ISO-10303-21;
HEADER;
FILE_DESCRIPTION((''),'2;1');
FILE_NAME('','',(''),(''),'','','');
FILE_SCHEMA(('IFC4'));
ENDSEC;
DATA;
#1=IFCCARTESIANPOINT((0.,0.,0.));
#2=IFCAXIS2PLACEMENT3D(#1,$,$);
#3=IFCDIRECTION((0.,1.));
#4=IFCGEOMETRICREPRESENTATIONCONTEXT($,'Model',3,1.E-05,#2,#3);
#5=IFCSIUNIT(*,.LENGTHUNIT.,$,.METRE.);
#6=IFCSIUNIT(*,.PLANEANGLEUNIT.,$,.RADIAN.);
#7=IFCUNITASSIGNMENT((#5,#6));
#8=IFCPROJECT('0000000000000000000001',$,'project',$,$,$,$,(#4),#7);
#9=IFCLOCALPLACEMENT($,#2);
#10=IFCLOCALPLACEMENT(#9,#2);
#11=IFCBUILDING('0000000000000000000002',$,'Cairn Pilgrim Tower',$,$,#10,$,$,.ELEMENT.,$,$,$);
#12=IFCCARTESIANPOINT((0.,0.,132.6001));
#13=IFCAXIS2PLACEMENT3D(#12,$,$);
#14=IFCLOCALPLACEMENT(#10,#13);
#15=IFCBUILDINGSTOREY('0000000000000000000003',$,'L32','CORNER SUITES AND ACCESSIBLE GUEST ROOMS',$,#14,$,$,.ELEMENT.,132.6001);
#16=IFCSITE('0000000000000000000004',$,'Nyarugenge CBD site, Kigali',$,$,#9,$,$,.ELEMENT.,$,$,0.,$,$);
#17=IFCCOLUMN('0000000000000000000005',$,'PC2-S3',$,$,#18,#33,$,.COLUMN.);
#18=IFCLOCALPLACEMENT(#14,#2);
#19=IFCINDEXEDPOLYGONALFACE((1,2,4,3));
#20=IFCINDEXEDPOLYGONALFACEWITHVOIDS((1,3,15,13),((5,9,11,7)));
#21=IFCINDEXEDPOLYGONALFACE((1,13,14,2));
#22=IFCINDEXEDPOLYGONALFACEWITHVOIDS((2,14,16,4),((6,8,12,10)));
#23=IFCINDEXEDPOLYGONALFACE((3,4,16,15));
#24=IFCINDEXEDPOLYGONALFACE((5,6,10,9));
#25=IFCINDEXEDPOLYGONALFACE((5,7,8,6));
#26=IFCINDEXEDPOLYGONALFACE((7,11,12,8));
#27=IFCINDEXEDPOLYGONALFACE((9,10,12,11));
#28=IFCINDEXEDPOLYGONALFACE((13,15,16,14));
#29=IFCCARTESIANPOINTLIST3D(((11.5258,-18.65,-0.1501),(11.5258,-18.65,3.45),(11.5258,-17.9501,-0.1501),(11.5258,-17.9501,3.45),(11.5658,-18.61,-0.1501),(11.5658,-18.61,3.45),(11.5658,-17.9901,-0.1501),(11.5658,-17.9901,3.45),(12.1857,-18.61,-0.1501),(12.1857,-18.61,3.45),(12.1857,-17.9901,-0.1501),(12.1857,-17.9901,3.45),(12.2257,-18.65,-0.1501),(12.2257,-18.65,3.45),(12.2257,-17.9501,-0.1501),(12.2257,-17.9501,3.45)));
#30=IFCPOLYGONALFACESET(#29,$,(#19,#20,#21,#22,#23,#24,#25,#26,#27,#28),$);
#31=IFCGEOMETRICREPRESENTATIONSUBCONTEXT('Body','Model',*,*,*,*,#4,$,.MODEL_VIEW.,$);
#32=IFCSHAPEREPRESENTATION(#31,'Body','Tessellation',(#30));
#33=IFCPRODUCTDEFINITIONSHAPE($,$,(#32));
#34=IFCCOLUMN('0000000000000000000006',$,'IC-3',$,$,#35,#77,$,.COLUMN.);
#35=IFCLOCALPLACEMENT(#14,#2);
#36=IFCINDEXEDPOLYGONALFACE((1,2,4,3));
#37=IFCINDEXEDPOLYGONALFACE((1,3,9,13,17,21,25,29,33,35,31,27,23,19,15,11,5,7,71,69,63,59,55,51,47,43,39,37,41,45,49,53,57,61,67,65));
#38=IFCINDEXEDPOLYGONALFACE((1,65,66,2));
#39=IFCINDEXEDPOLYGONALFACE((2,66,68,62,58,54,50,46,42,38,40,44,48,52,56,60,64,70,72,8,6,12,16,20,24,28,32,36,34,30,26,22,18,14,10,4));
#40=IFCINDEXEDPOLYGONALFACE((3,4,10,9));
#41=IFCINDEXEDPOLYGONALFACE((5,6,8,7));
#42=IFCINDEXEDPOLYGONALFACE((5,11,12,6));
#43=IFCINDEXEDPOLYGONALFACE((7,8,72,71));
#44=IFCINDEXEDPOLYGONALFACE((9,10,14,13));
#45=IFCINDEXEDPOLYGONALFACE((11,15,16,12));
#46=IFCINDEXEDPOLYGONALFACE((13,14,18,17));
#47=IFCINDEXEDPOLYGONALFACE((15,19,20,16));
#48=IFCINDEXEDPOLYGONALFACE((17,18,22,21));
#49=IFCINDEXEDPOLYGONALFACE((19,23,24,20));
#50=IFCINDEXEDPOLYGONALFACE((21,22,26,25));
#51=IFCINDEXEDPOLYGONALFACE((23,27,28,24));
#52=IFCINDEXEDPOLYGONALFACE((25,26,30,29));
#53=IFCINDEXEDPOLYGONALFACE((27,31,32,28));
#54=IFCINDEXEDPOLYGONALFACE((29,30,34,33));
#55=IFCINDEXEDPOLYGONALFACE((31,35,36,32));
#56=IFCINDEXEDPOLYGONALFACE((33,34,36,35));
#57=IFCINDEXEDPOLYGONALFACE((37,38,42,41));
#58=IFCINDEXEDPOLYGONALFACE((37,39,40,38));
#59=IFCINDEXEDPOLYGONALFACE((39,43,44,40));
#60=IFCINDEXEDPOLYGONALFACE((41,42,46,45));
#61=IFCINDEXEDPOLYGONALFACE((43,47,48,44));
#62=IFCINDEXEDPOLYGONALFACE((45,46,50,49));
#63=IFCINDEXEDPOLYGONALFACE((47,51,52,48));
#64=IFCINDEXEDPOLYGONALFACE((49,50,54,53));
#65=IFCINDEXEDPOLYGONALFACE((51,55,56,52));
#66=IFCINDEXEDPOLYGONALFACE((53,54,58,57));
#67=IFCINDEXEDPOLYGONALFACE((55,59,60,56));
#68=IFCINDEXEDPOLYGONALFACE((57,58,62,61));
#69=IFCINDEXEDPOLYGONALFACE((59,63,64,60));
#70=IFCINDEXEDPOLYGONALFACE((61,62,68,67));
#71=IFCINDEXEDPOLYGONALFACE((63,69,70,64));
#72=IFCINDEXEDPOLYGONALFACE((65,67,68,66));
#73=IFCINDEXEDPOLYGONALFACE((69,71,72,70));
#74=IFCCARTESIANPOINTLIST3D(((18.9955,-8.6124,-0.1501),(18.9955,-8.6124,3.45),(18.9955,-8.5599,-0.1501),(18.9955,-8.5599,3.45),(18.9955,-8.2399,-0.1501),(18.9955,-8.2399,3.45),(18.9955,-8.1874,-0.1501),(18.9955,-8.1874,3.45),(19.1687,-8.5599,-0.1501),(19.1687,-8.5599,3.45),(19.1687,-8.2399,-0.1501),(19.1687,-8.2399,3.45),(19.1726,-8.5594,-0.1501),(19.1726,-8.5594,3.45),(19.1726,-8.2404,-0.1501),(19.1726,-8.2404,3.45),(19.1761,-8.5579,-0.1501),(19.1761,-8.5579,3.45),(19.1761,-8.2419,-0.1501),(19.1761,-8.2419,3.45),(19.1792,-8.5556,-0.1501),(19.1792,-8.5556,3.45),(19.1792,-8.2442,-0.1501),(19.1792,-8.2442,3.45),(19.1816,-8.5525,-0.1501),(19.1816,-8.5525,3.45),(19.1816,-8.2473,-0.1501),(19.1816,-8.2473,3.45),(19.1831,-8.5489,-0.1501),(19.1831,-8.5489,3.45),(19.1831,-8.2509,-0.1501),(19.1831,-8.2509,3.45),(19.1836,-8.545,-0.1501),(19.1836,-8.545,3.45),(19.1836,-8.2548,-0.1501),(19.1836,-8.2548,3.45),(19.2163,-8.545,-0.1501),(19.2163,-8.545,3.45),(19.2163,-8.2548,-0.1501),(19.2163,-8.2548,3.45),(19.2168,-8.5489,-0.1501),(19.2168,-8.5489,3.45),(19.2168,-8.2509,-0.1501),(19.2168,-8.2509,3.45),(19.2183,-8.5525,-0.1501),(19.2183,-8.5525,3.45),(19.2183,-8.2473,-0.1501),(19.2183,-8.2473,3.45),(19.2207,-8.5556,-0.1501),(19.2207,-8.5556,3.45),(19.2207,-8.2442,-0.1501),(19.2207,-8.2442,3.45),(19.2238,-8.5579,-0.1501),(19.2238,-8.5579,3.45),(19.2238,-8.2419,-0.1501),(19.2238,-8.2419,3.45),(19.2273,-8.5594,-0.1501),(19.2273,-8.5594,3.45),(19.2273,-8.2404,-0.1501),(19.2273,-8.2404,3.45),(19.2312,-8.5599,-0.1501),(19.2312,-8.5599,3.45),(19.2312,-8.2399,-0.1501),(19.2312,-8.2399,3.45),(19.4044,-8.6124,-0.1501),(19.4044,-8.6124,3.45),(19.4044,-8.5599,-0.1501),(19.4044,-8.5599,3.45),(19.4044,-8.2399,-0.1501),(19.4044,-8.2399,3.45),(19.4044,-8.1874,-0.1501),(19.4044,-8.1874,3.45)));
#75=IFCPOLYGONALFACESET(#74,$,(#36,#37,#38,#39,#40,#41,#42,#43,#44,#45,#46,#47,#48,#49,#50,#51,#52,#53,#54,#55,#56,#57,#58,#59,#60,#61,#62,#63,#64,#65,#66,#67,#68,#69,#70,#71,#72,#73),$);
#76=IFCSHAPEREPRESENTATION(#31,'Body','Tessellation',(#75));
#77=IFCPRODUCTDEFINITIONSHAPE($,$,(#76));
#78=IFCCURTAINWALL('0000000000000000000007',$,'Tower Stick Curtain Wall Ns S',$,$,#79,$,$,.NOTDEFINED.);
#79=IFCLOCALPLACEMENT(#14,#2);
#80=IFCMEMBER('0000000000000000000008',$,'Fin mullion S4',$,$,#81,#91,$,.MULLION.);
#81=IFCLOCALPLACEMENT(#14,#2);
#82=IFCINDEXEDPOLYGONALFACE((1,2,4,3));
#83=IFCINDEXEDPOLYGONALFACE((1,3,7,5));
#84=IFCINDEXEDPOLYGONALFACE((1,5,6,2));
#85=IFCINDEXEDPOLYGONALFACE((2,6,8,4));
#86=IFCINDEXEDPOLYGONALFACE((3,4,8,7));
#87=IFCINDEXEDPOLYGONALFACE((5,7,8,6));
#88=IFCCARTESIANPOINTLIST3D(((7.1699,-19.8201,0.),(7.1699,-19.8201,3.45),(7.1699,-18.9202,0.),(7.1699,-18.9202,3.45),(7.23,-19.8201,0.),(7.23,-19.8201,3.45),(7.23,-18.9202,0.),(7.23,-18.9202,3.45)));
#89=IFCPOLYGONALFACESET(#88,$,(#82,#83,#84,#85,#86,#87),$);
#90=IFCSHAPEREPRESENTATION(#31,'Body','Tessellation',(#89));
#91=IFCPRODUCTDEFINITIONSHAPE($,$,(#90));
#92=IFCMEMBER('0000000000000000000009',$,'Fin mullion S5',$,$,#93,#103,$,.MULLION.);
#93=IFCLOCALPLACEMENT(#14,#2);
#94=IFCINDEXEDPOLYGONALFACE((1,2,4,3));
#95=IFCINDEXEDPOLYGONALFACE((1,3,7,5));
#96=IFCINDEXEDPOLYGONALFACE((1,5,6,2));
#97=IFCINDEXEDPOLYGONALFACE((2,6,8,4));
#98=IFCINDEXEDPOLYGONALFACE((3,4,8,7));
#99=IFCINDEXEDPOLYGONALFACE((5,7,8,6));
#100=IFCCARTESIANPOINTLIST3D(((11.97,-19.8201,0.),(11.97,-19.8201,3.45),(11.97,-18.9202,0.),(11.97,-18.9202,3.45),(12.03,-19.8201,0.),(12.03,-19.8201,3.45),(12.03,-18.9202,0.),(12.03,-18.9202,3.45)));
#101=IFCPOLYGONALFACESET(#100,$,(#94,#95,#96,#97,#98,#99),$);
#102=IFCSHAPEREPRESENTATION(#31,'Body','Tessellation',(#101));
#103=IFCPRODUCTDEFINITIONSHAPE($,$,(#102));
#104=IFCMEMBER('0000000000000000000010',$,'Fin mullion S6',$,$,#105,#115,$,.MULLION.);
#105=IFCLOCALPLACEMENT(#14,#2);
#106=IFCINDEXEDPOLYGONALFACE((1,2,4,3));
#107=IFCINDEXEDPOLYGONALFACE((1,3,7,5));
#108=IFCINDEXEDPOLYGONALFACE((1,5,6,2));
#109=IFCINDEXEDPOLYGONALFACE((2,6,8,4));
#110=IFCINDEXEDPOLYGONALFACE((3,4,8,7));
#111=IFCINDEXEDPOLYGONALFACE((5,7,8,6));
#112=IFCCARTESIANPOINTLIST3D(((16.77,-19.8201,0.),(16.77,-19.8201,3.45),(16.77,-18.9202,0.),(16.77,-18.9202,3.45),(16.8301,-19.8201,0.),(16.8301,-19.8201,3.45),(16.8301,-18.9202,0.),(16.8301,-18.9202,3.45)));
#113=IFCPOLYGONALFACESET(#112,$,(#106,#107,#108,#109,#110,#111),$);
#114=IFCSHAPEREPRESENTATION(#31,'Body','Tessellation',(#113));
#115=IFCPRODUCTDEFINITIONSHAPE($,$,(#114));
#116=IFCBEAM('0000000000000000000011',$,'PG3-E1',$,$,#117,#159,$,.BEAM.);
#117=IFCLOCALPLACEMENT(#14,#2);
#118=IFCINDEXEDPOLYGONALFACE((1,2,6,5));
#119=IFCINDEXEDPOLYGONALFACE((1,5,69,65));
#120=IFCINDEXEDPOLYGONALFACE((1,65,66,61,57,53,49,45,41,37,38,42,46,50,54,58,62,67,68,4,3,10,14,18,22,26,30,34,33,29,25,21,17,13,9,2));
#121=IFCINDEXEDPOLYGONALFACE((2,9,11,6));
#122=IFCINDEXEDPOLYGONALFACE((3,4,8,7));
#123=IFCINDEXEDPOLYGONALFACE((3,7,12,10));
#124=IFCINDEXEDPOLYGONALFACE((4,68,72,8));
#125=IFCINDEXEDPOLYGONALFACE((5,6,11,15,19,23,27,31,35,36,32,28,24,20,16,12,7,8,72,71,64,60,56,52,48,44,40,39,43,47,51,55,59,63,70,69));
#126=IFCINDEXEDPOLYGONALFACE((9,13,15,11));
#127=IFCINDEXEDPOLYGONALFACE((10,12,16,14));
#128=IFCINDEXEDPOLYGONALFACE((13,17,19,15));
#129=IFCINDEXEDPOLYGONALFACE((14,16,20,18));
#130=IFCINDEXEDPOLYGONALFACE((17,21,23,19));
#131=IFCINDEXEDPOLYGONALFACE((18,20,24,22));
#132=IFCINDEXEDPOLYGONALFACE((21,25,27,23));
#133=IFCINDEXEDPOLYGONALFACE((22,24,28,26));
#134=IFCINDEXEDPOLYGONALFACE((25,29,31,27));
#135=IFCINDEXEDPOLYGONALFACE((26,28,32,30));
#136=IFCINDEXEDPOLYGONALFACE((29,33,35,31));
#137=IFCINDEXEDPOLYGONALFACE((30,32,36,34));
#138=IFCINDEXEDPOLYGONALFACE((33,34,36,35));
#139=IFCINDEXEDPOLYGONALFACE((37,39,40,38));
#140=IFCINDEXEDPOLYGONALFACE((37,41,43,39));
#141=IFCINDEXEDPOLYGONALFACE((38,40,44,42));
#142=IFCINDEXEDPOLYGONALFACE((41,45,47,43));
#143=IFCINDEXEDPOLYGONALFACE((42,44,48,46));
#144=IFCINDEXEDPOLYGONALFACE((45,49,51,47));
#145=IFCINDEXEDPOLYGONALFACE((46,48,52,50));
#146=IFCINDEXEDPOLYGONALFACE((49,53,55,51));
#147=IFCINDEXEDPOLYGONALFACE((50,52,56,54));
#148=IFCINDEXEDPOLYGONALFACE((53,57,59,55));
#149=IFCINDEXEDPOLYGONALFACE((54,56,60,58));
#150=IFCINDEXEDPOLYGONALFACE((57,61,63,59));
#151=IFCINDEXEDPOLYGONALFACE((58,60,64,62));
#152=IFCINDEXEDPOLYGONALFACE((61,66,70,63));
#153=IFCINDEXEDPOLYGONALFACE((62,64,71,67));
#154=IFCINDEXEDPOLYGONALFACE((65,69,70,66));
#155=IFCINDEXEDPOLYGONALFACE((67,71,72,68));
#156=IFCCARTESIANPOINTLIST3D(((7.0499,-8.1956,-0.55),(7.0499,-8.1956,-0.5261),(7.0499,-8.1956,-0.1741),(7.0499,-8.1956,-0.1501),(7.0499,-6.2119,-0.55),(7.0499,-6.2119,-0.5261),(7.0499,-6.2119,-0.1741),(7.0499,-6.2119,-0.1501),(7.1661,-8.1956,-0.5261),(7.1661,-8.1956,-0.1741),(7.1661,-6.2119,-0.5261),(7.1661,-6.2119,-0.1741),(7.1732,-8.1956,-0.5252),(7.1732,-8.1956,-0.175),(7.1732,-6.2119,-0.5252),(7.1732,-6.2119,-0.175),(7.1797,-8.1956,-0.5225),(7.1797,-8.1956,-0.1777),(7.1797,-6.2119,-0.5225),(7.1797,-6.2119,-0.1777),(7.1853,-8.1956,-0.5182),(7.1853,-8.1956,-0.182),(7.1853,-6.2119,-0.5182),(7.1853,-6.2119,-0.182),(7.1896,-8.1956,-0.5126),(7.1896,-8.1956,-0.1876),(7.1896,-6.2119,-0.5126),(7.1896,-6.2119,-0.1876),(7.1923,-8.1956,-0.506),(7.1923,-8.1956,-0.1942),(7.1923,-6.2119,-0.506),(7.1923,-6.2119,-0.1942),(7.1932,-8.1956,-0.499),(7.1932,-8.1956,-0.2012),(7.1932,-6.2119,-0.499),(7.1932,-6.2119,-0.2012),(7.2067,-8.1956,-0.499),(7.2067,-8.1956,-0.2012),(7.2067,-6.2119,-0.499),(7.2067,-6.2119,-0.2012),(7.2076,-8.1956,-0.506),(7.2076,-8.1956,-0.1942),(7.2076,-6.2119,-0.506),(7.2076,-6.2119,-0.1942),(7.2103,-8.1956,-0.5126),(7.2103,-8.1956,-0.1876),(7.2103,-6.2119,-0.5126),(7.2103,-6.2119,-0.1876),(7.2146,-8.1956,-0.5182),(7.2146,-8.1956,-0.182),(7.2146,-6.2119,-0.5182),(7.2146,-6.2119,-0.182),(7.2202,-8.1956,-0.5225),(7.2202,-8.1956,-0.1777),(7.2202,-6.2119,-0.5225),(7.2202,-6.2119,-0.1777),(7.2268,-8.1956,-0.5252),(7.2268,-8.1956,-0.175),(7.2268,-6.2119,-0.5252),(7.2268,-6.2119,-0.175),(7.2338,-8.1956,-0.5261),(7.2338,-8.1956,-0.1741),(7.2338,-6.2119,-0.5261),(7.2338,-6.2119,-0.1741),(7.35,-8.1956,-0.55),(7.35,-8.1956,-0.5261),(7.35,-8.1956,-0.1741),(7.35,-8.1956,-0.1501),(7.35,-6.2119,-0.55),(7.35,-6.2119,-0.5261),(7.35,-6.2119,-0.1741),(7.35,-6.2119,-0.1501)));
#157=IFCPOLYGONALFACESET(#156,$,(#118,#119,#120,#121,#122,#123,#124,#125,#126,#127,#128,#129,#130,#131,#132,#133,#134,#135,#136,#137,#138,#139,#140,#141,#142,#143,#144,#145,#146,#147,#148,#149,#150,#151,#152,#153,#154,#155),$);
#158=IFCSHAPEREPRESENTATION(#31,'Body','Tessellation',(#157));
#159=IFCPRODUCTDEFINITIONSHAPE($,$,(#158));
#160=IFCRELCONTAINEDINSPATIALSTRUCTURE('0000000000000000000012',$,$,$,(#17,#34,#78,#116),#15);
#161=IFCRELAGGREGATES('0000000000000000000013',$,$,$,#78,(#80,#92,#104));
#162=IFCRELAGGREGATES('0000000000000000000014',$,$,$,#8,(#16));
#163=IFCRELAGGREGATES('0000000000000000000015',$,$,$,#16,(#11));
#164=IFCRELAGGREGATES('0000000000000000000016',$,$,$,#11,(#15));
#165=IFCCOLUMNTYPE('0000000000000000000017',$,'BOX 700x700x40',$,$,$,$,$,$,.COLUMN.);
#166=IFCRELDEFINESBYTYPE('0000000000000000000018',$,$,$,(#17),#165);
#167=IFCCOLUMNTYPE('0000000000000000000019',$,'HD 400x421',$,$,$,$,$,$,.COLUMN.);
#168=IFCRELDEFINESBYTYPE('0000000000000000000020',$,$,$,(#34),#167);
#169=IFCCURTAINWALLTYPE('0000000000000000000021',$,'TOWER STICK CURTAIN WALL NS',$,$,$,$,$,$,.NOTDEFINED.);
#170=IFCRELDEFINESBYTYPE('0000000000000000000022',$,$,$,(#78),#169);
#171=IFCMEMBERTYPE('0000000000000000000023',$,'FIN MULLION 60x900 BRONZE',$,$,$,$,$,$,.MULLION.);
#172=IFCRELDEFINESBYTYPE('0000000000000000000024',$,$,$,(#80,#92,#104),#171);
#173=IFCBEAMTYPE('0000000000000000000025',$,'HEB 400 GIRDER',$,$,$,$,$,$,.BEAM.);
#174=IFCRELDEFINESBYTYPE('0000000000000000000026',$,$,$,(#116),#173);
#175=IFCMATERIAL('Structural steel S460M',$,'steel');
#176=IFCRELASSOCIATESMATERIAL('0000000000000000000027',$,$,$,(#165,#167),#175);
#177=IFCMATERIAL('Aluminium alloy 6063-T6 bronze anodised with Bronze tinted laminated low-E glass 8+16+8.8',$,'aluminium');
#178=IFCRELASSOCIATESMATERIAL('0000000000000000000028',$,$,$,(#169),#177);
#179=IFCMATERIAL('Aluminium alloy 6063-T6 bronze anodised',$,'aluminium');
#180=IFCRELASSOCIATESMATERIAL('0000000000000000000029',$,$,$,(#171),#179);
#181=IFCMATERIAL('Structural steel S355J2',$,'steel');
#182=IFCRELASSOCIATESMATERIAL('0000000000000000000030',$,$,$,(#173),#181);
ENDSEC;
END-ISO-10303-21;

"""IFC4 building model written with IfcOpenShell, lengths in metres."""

from ifc_helpers import new_model, si_unit, direction, frame, origin, origin_2d, place, context, subcontext, project, spatial, rectangle, hollow_rectangle, i_section, extrude, material, material_profile, profile_set, type_object, element, aggregate, save


model = new_model("IFC4")

# Units and contexts
model_context = context("Model", 3, precision=1e-05, world=origin(), true_north=direction((0.0, 1.0)))
body_context = subcontext(model_context, "Body", "Model", "MODEL_VIEW")
ifc_project = project(units=[si_unit("LENGTHUNIT", "METRE"), si_unit("PLANEANGLEUNIT", "RADIAN")], contexts=[model_context])

# Site, building, storey
site_placement = place(None, origin())
site = spatial("IfcSite", under=ifc_project, at=site_placement, Name="Nyarugenge CBD site, Kigali", CompositionType="ELEMENT", RefElevation=0.0)
building_placement = place(site_placement, origin())
building = spatial("IfcBuilding", under=site, at=building_placement, Name="Cairn Pilgrim Tower", CompositionType="ELEMENT")
storey_placement = place(building_placement, frame((0.0, 0.0, 132.6001)))
storey = spatial("IfcBuildingStorey", under=building, at=storey_placement, Name="L32", Description="CORNER SUITES AND ACCESSIBLE GUEST ROOMS", CompositionType="ELEMENT", Elevation=132.6001)

# Columns
ifc_material_1 = material(Name="Structural steel S460M", Category="steel")
ifc_material_profile_1 = material_profile(ifc_material_1, hollow_rectangle(XDim=0.7, YDim=0.7, WallThickness=0.04, at=origin_2d()), Name="BOX 700x700x40")
ifc_profile_set_1 = profile_set([ifc_material_profile_1], Name="Structural steel S460M")
column_type_1 = type_object("IfcColumnType", Name="BOX 700x700x40", PredefinedType="COLUMN", material=ifc_profile_set_1)
column_1_placement = place(storey_placement, frame((11.8757, -18.3, -0.1501), z_axis=(0.0, 0.0, 1.0), x_axis=(1.0, 0.0, 0.0)))
element("IfcColumn", 1, at=column_1_placement, inside=storey, type_object=column_type_1, Name="PC2-S3", PredefinedType="COLUMN", context=body_context, shape_type="SweptSolid", body=[
    extrude(hollow_rectangle(XDim=0.7, YDim=0.7, WallThickness=0.04, at=origin_2d()), origin(), (0.0, 0.0, 1.0), 3.6001),
])
ifc_material_profile_2 = material_profile(ifc_material_1, i_section(OverallWidth=0.4089, OverallDepth=0.425, WebThickness=0.0327, FlangeThickness=0.0525, FilletRadius=0.0149, at=origin_2d()), Name="HD 400x421")
ifc_profile_set_2 = profile_set([ifc_material_profile_2], Name="Structural steel S460M")
column_type_2 = type_object("IfcColumnType", Name="HD 400x421", PredefinedType="COLUMN", material=ifc_profile_set_2)
column_2_placement = place(storey_placement, frame((19.2, -8.3999, -0.1501), z_axis=(0.0, 0.0, 1.0), x_axis=(1.0, 0.0, 0.0)))
element("IfcColumn", 2, at=column_2_placement, inside=storey, type_object=column_type_2, Name="IC-3", PredefinedType="COLUMN", context=body_context, shape_type="SweptSolid", body=[
    extrude(i_section(OverallWidth=0.4089, OverallDepth=0.425, WebThickness=0.0327, FlangeThickness=0.0525, FilletRadius=0.0149, at=origin_2d()), origin(), (0.0, 0.0, 1.0), 3.6001),
])

# Curtain wall, members
ifc_material_2 = material(Name="Aluminium alloy 6063-T6 bronze anodised with Bronze tinted laminated low-E glass 8+16+8.8", Category="aluminium")
curtain_wall_type = type_object("IfcCurtainWallType", Name="TOWER STICK CURTAIN WALL NS", PredefinedType="NOTDEFINED", material=ifc_material_2)
curtain_wall_placement = place(storey_placement, origin())
curtain_wall = element("IfcCurtainWall", 3, at=curtain_wall_placement, inside=storey, type_object=curtain_wall_type, Name="Tower Stick Curtain Wall Ns S", PredefinedType="NOTDEFINED")
ifc_material_3 = material(Name="Aluminium alloy 6063-T6 bronze anodised", Category="aluminium")
ifc_material_profile_3 = material_profile(ifc_material_3, rectangle(XDim=0.8999, YDim=0.0601, at=origin_2d()), Name="FIN MULLION 60x900 BRONZE")
ifc_profile_set_3 = profile_set([ifc_material_profile_3], Name="Aluminium alloy 6063-T6 bronze anodised")
member_type_1 = type_object("IfcMemberType", Name="FIN MULLION 60x900 BRONZE", PredefinedType="MULLION", material=ifc_profile_set_3)
member_1_placement = place(storey_placement, frame((7.2, -19.3701, 0.0), z_axis=(0.0, 0.0, 1.0), x_axis=(0.0, -1.0, 0.0)))
member_1 = element("IfcMember", 4, at=member_1_placement, type_object=member_type_1, Name="Fin mullion S4", PredefinedType="MULLION", context=body_context, shape_type="SweptSolid", body=[
    extrude(rectangle(XDim=0.8999, YDim=0.0601, at=origin_2d()), origin(), (0.0, 0.0, 1.0), 3.45),
])
member_2_placement = place(storey_placement, frame((12.0, -19.3701, 0.0), z_axis=(0.0, 0.0, 1.0), x_axis=(0.0, -1.0, 0.0)))
member_2 = element("IfcMember", 5, at=member_2_placement, type_object=member_type_1, Name="Fin mullion S5", PredefinedType="MULLION", context=body_context, shape_type="SweptSolid", body=[
    extrude(rectangle(XDim=0.8999, YDim=0.0601, at=origin_2d()), origin(), (0.0, 0.0, 1.0), 3.45),
])
member_3_placement = place(storey_placement, frame((16.8, -19.3701, 0.0), z_axis=(0.0, 0.0, 1.0), x_axis=(0.0, -1.0, 0.0)))
member_3 = element("IfcMember", 6, at=member_3_placement, type_object=member_type_1, Name="Fin mullion S6", PredefinedType="MULLION", context=body_context, shape_type="SweptSolid", body=[
    extrude(rectangle(XDim=0.8999, YDim=0.0601, at=origin_2d()), origin(), (0.0, 0.0, 1.0), 3.45),
])

# Beam
ifc_material_4 = material(Name="Structural steel S355J2", Category="steel")
ifc_material_profile_4 = material_profile(ifc_material_4, i_section(OverallWidth=0.3, OverallDepth=0.3999, WebThickness=0.0134, FlangeThickness=0.0239, FilletRadius=0.0271, at=origin_2d()), Name="HEB 400")
ifc_profile_set_4 = profile_set([ifc_material_profile_4], Name="Structural steel S355J2")
beam_type_1 = type_object("IfcBeamType", Name="HEB 400 GIRDER", PredefinedType="BEAM", material=ifc_profile_set_4)
beam_1_placement = place(storey_placement, frame((7.2, -8.1956, -0.3501), z_axis=(0.0, 1.0, 0.0), x_axis=(-1.0, 0.0, 0.0)))
element("IfcBeam", 7, at=beam_1_placement, inside=storey, type_object=beam_type_1, Name="PG3-E1", PredefinedType="BEAM", context=body_context, shape_type="SweptSolid", body=[
    extrude(i_section(OverallWidth=0.3, OverallDepth=0.3999, WebThickness=0.0134, FlangeThickness=0.0239, FilletRadius=0.0271, at=origin_2d()), origin(), (0.0, 0.0, 1.0), 1.9836),
])

aggregate(curtain_wall, [member_1, member_2, member_3])

save(model, "model.ifc")
